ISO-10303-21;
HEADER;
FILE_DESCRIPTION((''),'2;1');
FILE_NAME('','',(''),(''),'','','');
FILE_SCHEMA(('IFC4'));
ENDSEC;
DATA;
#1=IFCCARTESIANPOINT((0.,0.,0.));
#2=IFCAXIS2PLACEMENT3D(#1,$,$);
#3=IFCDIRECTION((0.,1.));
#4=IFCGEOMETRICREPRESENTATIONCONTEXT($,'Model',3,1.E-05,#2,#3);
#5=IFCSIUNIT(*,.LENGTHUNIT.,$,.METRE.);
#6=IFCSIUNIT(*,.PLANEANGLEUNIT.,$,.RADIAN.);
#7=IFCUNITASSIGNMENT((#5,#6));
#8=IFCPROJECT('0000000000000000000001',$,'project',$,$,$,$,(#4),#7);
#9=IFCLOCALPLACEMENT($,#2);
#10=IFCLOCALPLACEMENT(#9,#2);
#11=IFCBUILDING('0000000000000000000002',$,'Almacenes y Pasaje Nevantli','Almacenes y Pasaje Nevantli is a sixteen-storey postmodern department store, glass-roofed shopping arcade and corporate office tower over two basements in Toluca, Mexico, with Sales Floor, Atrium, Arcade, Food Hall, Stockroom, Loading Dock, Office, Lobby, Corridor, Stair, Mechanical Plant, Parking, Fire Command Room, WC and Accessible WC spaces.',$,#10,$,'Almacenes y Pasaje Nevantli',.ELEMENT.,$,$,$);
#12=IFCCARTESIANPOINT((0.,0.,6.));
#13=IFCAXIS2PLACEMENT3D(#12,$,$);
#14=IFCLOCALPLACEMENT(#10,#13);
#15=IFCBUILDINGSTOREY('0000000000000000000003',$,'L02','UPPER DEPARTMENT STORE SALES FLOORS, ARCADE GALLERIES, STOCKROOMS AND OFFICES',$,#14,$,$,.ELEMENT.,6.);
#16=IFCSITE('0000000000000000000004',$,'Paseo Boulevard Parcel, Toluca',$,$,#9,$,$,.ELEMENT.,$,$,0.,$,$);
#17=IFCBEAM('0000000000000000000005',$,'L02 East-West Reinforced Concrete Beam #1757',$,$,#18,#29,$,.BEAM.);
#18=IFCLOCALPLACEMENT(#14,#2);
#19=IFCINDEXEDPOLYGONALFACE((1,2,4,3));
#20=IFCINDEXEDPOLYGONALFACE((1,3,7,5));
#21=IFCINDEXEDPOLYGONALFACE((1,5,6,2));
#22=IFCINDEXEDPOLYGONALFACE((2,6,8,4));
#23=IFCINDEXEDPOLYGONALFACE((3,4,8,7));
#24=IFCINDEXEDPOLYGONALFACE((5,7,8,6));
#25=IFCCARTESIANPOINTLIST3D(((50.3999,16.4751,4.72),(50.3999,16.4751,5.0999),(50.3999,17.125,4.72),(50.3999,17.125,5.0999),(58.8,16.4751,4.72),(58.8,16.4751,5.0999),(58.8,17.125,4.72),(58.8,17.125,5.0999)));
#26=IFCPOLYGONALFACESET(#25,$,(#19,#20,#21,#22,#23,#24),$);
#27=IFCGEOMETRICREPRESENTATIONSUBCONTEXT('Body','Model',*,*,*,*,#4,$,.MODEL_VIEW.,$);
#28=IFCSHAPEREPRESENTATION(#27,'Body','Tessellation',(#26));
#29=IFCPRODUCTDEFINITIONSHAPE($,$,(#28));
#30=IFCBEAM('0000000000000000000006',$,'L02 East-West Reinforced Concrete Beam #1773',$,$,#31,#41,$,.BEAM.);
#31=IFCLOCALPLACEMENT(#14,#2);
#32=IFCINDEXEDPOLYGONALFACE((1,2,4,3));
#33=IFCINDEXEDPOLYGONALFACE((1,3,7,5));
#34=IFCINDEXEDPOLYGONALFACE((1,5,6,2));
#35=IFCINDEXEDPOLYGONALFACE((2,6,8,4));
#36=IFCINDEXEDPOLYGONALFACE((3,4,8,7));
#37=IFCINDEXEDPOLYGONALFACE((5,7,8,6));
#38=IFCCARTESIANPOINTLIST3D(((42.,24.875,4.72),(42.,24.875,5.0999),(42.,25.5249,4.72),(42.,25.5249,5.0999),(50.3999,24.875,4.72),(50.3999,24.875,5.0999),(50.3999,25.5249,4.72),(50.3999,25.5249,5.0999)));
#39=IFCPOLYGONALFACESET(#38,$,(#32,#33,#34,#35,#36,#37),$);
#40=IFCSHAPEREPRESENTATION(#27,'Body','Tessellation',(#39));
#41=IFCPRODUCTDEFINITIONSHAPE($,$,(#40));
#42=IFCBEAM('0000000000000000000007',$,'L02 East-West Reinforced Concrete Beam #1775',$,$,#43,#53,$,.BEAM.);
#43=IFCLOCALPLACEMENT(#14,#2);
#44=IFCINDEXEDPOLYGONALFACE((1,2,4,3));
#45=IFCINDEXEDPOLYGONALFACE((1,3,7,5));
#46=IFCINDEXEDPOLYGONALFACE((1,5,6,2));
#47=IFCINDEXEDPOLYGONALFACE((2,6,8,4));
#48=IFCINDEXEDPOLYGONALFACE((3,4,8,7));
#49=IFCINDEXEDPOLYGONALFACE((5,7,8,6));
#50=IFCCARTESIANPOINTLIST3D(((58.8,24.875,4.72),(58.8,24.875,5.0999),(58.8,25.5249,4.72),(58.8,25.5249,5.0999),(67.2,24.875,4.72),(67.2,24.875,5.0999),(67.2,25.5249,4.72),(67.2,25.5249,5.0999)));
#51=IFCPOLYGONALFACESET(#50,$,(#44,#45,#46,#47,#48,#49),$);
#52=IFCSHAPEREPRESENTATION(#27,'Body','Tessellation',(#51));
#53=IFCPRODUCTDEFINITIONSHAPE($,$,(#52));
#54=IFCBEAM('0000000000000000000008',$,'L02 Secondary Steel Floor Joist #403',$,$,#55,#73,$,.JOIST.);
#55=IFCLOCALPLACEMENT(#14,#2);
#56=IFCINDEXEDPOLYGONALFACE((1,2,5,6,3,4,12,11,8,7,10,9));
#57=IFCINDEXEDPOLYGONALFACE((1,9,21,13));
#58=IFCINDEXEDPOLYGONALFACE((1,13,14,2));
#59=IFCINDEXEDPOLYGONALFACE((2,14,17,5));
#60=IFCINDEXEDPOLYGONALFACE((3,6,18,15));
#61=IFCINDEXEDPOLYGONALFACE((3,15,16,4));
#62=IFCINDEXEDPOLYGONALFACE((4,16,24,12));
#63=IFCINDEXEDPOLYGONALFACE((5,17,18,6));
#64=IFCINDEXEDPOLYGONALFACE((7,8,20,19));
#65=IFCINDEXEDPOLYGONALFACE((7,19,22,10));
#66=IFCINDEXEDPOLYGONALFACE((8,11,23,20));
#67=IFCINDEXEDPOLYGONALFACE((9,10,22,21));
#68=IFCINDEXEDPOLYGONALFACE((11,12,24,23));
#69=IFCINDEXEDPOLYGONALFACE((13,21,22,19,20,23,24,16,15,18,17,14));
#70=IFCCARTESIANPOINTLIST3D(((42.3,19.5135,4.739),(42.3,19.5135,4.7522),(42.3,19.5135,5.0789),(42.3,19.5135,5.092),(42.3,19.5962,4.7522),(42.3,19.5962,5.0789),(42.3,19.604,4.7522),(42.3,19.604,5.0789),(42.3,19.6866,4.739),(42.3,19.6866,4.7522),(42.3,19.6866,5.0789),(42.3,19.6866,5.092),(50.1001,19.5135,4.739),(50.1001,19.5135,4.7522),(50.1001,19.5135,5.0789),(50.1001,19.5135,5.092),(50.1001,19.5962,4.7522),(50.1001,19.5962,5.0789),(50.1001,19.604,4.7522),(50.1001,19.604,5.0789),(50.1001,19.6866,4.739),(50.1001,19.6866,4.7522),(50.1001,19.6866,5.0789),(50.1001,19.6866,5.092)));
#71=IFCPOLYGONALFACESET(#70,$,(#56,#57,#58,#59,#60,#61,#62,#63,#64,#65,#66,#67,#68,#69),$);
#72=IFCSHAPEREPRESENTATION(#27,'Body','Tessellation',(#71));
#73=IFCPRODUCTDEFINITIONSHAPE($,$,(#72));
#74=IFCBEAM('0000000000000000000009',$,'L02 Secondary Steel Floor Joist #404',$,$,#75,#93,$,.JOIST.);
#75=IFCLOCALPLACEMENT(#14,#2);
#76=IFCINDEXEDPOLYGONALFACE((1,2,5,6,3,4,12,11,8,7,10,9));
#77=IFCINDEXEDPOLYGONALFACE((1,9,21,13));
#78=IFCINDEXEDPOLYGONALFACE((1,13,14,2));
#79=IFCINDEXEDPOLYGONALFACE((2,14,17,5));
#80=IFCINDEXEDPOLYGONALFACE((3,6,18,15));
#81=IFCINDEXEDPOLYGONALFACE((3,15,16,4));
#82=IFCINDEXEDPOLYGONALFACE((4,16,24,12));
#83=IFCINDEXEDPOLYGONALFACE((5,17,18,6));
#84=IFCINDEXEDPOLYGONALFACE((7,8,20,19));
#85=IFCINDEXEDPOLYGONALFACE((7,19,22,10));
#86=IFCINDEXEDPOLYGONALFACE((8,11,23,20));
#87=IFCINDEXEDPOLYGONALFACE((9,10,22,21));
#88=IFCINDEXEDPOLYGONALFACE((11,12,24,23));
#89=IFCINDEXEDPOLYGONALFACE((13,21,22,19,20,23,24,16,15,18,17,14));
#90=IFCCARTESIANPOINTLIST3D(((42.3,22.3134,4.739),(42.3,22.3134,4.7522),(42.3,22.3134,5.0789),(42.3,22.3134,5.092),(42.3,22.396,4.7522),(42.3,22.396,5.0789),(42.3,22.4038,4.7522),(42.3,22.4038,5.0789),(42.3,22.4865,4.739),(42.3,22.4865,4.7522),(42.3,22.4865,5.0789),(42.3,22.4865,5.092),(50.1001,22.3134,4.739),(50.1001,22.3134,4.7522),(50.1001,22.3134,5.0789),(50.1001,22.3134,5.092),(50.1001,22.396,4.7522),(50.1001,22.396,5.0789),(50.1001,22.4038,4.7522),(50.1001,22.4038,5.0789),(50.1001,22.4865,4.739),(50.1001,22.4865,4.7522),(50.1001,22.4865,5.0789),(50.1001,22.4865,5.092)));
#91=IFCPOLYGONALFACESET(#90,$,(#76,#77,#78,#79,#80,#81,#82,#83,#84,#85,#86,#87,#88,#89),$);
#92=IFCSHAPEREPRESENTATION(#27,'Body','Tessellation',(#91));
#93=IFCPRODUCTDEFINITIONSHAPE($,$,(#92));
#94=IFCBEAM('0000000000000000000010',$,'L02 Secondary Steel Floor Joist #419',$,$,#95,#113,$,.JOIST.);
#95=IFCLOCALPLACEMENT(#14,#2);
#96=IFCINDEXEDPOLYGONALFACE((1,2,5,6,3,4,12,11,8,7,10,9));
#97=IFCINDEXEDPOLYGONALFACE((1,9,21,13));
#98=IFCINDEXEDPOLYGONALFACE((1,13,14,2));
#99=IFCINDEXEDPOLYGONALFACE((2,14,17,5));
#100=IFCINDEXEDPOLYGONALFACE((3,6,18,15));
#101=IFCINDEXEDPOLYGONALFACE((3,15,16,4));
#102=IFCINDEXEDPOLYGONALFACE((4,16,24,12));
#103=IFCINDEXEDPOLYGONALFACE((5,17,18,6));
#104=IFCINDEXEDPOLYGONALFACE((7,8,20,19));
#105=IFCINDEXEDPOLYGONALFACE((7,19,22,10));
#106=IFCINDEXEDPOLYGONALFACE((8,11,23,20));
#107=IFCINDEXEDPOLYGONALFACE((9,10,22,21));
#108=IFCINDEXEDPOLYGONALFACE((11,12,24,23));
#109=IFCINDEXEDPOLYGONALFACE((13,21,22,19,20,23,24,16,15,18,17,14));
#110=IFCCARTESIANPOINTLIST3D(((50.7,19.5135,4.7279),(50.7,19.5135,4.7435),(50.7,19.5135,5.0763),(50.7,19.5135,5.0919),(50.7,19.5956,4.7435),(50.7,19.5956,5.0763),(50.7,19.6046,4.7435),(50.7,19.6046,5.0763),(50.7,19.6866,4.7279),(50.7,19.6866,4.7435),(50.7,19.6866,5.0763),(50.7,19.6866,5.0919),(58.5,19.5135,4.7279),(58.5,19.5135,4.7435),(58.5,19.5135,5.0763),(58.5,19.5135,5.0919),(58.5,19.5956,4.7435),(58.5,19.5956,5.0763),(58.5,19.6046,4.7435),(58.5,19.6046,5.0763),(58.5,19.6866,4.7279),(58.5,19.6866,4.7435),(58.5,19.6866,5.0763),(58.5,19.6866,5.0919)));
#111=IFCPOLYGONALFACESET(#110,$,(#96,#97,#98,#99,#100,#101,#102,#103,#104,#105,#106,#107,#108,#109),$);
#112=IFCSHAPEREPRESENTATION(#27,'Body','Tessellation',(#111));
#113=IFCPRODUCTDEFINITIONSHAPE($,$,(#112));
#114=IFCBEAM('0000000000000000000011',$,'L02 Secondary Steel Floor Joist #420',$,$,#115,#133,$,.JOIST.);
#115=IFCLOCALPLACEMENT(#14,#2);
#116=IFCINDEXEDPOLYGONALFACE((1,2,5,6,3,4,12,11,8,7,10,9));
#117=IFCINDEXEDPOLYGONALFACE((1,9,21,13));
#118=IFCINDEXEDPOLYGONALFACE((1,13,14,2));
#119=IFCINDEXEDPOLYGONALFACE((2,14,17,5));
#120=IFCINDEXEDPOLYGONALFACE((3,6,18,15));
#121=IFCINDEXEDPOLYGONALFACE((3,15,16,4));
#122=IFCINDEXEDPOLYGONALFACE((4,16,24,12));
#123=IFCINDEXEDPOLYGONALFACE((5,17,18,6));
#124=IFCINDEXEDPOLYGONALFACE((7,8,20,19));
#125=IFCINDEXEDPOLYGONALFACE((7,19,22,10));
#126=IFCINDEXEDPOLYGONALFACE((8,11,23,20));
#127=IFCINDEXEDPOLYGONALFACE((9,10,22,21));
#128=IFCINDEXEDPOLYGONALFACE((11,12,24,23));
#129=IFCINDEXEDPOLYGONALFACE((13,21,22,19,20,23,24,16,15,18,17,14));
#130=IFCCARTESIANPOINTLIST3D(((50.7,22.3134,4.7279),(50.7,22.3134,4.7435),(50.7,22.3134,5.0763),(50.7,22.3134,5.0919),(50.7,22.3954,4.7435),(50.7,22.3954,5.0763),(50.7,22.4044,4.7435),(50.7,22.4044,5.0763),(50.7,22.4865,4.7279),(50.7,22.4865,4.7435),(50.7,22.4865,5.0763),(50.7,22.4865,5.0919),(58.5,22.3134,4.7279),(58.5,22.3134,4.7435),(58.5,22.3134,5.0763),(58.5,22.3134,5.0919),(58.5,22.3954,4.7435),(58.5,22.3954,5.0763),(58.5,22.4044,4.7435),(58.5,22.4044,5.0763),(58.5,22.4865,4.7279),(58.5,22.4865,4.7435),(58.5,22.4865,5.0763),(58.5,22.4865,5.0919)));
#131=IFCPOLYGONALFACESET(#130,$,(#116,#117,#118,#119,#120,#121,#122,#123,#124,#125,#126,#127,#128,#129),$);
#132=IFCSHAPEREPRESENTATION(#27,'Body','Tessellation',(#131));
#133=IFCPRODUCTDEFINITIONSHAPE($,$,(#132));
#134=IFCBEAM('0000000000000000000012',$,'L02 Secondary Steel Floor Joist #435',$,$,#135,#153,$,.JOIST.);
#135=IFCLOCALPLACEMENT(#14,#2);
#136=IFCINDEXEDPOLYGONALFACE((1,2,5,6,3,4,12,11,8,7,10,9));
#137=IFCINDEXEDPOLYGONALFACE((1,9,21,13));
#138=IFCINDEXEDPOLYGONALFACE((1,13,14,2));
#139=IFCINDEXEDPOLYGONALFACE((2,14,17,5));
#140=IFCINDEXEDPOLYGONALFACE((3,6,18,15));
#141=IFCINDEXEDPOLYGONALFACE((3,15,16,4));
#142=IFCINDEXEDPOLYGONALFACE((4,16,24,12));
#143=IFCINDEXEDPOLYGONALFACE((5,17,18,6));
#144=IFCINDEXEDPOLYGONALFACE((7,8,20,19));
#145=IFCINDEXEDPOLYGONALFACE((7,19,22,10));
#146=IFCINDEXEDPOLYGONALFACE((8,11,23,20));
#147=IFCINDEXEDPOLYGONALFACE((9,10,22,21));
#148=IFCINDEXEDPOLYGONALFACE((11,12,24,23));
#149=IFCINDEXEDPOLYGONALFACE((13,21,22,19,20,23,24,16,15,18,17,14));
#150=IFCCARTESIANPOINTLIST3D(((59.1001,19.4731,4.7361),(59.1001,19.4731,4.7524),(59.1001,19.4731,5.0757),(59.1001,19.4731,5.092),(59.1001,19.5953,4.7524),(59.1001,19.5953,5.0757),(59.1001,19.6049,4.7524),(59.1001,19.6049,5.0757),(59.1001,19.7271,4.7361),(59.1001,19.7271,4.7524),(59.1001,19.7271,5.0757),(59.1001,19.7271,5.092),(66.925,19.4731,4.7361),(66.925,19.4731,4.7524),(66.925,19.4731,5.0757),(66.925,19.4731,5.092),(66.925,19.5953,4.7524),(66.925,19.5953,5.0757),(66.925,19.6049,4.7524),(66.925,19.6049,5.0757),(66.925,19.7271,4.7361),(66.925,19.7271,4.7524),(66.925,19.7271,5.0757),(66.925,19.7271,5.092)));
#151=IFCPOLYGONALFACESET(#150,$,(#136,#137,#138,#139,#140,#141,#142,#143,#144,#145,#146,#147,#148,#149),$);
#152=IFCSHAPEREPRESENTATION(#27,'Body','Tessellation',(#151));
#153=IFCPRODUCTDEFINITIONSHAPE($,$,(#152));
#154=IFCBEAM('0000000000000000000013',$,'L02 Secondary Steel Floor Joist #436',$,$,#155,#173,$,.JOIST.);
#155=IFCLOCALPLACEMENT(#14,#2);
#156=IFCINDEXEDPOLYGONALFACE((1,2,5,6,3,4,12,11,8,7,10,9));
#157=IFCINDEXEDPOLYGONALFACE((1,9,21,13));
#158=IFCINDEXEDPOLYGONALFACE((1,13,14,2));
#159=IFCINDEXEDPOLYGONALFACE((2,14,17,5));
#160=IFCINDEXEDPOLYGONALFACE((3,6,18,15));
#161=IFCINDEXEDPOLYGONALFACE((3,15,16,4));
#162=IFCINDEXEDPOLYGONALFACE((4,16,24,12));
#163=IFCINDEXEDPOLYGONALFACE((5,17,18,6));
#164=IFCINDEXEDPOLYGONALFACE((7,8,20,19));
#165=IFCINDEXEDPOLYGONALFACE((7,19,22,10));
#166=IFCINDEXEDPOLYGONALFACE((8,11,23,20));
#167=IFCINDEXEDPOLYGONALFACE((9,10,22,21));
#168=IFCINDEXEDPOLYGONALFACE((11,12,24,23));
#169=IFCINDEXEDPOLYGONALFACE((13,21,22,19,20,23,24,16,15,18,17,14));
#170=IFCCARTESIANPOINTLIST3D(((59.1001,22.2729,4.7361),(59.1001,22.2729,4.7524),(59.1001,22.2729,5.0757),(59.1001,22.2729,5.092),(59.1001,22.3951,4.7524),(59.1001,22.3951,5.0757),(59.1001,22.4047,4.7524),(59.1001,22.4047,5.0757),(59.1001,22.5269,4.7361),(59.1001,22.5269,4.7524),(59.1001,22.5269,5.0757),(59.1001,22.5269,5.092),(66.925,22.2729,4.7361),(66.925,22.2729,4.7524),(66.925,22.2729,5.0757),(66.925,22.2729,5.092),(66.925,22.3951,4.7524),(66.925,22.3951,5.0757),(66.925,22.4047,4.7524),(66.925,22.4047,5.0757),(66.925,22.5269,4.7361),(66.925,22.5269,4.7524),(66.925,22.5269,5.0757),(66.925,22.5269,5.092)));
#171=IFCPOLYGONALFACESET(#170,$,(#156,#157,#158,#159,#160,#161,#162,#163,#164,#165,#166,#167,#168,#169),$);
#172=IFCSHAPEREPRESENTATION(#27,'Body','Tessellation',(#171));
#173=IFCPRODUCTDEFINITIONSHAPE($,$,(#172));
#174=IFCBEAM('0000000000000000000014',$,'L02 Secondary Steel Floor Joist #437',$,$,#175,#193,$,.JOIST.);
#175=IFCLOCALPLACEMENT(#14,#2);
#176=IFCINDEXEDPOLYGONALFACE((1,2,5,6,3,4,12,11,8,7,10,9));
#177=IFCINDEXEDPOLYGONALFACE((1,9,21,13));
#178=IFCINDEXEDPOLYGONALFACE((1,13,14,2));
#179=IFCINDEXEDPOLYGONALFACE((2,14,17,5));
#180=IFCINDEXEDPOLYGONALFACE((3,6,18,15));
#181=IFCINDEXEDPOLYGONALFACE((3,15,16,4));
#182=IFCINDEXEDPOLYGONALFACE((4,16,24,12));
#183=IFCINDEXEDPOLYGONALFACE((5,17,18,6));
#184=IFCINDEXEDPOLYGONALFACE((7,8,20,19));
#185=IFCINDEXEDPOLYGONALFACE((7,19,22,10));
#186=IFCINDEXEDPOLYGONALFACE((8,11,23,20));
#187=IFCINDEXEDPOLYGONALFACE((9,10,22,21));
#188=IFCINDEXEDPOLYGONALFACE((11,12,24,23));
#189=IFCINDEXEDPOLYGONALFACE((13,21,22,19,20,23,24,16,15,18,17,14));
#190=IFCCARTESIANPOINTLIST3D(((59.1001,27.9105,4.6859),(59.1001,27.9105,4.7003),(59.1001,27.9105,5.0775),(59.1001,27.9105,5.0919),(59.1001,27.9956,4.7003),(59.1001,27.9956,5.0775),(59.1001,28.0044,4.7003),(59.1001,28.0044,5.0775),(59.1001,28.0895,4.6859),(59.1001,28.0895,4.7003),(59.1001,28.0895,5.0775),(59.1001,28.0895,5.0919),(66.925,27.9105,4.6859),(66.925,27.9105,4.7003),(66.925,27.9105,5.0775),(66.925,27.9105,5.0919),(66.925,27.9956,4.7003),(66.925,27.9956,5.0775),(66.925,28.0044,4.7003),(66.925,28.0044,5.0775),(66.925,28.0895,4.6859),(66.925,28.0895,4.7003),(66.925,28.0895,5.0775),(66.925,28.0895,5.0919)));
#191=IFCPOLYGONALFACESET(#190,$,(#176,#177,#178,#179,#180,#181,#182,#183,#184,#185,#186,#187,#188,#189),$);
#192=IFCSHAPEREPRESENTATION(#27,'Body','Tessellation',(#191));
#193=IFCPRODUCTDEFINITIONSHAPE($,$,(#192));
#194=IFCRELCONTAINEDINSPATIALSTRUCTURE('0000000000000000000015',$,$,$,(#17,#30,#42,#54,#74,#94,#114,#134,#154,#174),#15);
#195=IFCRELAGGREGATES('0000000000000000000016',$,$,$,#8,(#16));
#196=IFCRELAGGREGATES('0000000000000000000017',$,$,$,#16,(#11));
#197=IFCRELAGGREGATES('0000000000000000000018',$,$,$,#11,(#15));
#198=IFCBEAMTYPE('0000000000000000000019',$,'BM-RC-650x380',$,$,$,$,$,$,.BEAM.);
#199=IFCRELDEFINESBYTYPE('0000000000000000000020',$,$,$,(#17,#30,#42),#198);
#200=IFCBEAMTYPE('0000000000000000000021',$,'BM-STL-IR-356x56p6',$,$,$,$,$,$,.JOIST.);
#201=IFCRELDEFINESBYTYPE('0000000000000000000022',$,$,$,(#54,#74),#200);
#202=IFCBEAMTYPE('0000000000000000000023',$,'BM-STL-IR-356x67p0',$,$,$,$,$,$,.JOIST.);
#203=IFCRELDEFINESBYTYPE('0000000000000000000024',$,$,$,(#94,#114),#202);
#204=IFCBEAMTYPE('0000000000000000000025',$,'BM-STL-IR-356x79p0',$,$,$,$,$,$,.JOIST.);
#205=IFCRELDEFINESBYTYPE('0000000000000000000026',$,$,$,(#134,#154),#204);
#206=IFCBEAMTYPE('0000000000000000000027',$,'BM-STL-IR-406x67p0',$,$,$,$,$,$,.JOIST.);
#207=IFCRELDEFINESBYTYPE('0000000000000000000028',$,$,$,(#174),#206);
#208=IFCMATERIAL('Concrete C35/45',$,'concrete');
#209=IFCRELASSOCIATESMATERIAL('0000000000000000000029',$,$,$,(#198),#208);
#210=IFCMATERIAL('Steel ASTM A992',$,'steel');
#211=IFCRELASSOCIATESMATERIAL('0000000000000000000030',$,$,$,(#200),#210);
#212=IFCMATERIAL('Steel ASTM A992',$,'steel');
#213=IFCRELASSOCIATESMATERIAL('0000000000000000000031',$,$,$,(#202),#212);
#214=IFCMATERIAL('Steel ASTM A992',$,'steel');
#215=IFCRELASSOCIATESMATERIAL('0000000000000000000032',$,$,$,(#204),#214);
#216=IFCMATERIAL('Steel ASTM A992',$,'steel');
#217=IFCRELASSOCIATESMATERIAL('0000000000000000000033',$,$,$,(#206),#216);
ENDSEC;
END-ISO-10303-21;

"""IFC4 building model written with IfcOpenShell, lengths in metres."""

from ifc_helpers import new_model, si_unit, direction, frame, origin, origin_2d, place, context, subcontext, project, spatial, rectangle, i_section, extrude, material, material_profile, profile_set, type_object, element, save


model = new_model("IFC4")

# Units and contexts
model_context = context("Model", 3, precision=1e-05, world=origin(), true_north=direction((0.0, 1.0)))
body_context = subcontext(model_context, "Body", "Model", "MODEL_VIEW")
ifc_project = project(units=[si_unit("LENGTHUNIT", "METRE"), si_unit("PLANEANGLEUNIT", "RADIAN")], contexts=[model_context])

# Site, building, storey
site_placement = place(None, origin())
site = spatial("IfcSite", under=ifc_project, at=site_placement, Name="Paseo Boulevard Parcel, Toluca", CompositionType="ELEMENT", RefElevation=0.0)
building_placement = place(site_placement, origin())
building = spatial("IfcBuilding", under=site, at=building_placement, Name="Almacenes y Pasaje Nevantli", Description="Almacenes y Pasaje Nevantli is a sixteen-storey postmodern department store, glass-roofed shopping arcade and corporate office tower over two basements in Toluca, Mexico, with Sales Floor, Atrium, Arcade, Food Hall, Stockroom, Loading Dock, Office, Lobby, Corridor, Stair, Mechanical Plant, Parking, Fire Command Room, WC and Accessible WC spaces.", LongName="Almacenes y Pasaje Nevantli", CompositionType="ELEMENT")
storey_placement = place(building_placement, frame((0.0, 0.0, 6.0)))
storey = spatial("IfcBuildingStorey", under=building, at=storey_placement, Name="L02", Description="UPPER DEPARTMENT STORE SALES FLOORS, ARCADE GALLERIES, STOCKROOMS AND OFFICES", CompositionType="ELEMENT", Elevation=6.0)

# Beams
ifc_material_1 = material(Name="Concrete C35/45", Category="concrete")
ifc_material_profile_1 = material_profile(ifc_material_1, rectangle(XDim=0.6499, YDim=0.3799, at=origin_2d()), Name="RC-BM-650x380")
ifc_profile_set_1 = profile_set([ifc_material_profile_1], Name="Concrete C35/45")
beam_type_1 = type_object("IfcBeamType", Name="BM-RC-650x380", PredefinedType="BEAM", material=ifc_profile_set_1)
beam_1_placement = place(storey_placement, frame((50.3999, 16.8, 4.9099), z_axis=(1.0, 0.0, 0.0), x_axis=(0.0, 1.0, 0.0)))
element("IfcBeam", 1, at=beam_1_placement, inside=storey, type_object=beam_type_1, Name="L02 East-West Reinforced Concrete Beam #1757", PredefinedType="BEAM", context=body_context, shape_type="SweptSolid", body=[
    extrude(rectangle(XDim=0.6499, YDim=0.3799, at=origin_2d()), origin(), (0.0, 0.0, 1.0), 8.4001),
])
for number, where, z_axis, x_axis, name in (
    (2, (42.0, 25.2, 4.9099), (1.0, 0.0, 0.0), (0.0, 1.0, 0.0), "L02 East-West Reinforced Concrete Beam #1773"),
    (3, (58.8, 25.2, 4.9099), (1.0, 0.0, 0.0), (0.0, 1.0, 0.0), "L02 East-West Reinforced Concrete Beam #1775"),
):
    element("IfcBeam", number, at=place(storey_placement, frame(where, z_axis=z_axis, x_axis=x_axis)), inside=storey, type_object=beam_type_1, Name=name, PredefinedType="BEAM", context=body_context, shape_type="SweptSolid", body=[
        extrude(rectangle(XDim=0.6499, YDim=0.3799, at=origin_2d()), origin(), (0.0, 0.0, 1.0), 8.3999),
    ])
ifc_material_2 = material(Name="Steel ASTM A992", Category="steel")
ifc_material_profile_2 = material_profile(ifc_material_2, i_section(OverallWidth=0.1731, OverallDepth=0.353, WebThickness=0.0078, FlangeThickness=0.0132, at=origin_2d()), Name="IR 356x56.6")
ifc_profile_set_2 = profile_set([ifc_material_profile_2], Name="Steel ASTM A992")
beam_type_2 = type_object("IfcBeamType", Name="BM-STL-IR-356x56p6", PredefinedType="JOIST", material=ifc_profile_set_2)
for number, where, z_axis, x_axis, name in (
    (4, (42.3, 19.6001, 4.9155), (1.0, 0.0, 0.0), (0.0, 1.0, 0.0), "L02 Secondary Steel Floor Joist #403"),
    (5, (42.3, 22.3999, 4.9155), (1.0, 0.0, 0.0), (0.0, 1.0, 0.0), "L02 Secondary Steel Floor Joist #404"),
):
    element("IfcBeam", number, at=place(storey_placement, frame(where, z_axis=z_axis, x_axis=x_axis)), inside=storey, type_object=beam_type_2, Name=name, PredefinedType="JOIST", context=body_context, shape_type="SweptSolid", body=[
        extrude(i_section(OverallWidth=0.1731, OverallDepth=0.353, WebThickness=0.0078, FlangeThickness=0.0132, at=origin_2d()), origin(), (0.0, 0.0, 1.0), 7.8),
    ])
ifc_material_3 = material(Name="Steel ASTM A992", Category="steel")
ifc_material_profile_3 = material_profile(ifc_material_3, i_section(OverallWidth=0.1731, OverallDepth=0.364, WebThickness=0.009, FlangeThickness=0.0156, at=origin_2d()), Name="IR 356x67.0")
ifc_profile_set_3 = profile_set([ifc_material_profile_3], Name="Steel ASTM A992")
beam_type_3 = type_object("IfcBeamType", Name="BM-STL-IR-356x67p0", PredefinedType="JOIST", material=ifc_profile_set_3)
for number, where, z_axis, x_axis, name in (
    (6, (50.7, 19.6001, 4.9099), (1.0, 0.0, 0.0), (0.0, 1.0, 0.0), "L02 Secondary Steel Floor Joist #419"),
    (7, (50.7, 22.3999, 4.9099), (1.0, 0.0, 0.0), (0.0, 1.0, 0.0), "L02 Secondary Steel Floor Joist #420"),
):
    element("IfcBeam", number, at=place(storey_placement, frame(where, z_axis=z_axis, x_axis=x_axis)), inside=storey, type_object=beam_type_3, Name=name, PredefinedType="JOIST", context=body_context, shape_type="SweptSolid", body=[
        extrude(i_section(OverallWidth=0.1731, OverallDepth=0.364, WebThickness=0.009, FlangeThickness=0.0156, at=origin_2d()), origin(), (0.0, 0.0, 1.0), 7.8),
    ])
ifc_material_4 = material(Name="Steel ASTM A992", Category="steel")
ifc_material_profile_4 = material_profile(ifc_material_4, i_section(OverallWidth=0.2539, OverallDepth=0.356, WebThickness=0.0095, FlangeThickness=0.0164, at=origin_2d()), Name="IR 356x79.0")
ifc_profile_set_4 = profile_set([ifc_material_profile_4], Name="Steel ASTM A992")
beam_type_4 = type_object("IfcBeamType", Name="BM-STL-IR-356x79p0", PredefinedType="JOIST", material=ifc_profile_set_4)
for number, where, z_axis, x_axis, name in (
    (8, (59.1001, 19.6001, 4.9141), (1.0, 0.0, 0.0), (0.0, 1.0, 0.0), "L02 Secondary Steel Floor Joist #435"),
    (9, (59.1001, 22.3999, 4.9141), (1.0, 0.0, 0.0), (0.0, 1.0, 0.0), "L02 Secondary Steel Floor Joist #436"),
):
    element("IfcBeam", number, at=place(storey_placement, frame(where, z_axis=z_axis, x_axis=x_axis)), inside=storey, type_object=beam_type_4, Name=name, PredefinedType="JOIST", context=body_context, shape_type="SweptSolid", body=[
        extrude(i_section(OverallWidth=0.2539, OverallDepth=0.356, WebThickness=0.0095, FlangeThickness=0.0164, at=origin_2d()), origin(), (0.0, 0.0, 1.0), 7.825),
    ])
ifc_material_5 = material(Name="Steel ASTM A992", Category="steel")
ifc_material_profile_5 = material_profile(ifc_material_5, i_section(OverallWidth=0.179, OverallDepth=0.406, WebThickness=0.0088, FlangeThickness=0.0144, at=origin_2d()), Name="IR 406x67.0")
ifc_profile_set_5 = profile_set([ifc_material_profile_5], Name="Steel ASTM A992")
beam_type_5 = type_object("IfcBeamType", Name="BM-STL-IR-406x67p0", PredefinedType="JOIST", material=ifc_profile_set_5)
for number, where, z_axis, x_axis, name in (
    (10, (59.1001, 28.0, 4.8889), (1.0, 0.0, 0.0), (0.0, 1.0, 0.0), "L02 Secondary Steel Floor Joist #437"),
):
    element("IfcBeam", number, at=place(storey_placement, frame(where, z_axis=z_axis, x_axis=x_axis)), inside=storey, type_object=beam_type_5, Name=name, PredefinedType="JOIST", context=body_context, shape_type="SweptSolid", body=[
        extrude(i_section(OverallWidth=0.179, OverallDepth=0.406, WebThickness=0.0088, FlangeThickness=0.0144, at=origin_2d()), origin(), (0.0, 0.0, 1.0), 7.825),
    ])

save(model, "model.ifc")
